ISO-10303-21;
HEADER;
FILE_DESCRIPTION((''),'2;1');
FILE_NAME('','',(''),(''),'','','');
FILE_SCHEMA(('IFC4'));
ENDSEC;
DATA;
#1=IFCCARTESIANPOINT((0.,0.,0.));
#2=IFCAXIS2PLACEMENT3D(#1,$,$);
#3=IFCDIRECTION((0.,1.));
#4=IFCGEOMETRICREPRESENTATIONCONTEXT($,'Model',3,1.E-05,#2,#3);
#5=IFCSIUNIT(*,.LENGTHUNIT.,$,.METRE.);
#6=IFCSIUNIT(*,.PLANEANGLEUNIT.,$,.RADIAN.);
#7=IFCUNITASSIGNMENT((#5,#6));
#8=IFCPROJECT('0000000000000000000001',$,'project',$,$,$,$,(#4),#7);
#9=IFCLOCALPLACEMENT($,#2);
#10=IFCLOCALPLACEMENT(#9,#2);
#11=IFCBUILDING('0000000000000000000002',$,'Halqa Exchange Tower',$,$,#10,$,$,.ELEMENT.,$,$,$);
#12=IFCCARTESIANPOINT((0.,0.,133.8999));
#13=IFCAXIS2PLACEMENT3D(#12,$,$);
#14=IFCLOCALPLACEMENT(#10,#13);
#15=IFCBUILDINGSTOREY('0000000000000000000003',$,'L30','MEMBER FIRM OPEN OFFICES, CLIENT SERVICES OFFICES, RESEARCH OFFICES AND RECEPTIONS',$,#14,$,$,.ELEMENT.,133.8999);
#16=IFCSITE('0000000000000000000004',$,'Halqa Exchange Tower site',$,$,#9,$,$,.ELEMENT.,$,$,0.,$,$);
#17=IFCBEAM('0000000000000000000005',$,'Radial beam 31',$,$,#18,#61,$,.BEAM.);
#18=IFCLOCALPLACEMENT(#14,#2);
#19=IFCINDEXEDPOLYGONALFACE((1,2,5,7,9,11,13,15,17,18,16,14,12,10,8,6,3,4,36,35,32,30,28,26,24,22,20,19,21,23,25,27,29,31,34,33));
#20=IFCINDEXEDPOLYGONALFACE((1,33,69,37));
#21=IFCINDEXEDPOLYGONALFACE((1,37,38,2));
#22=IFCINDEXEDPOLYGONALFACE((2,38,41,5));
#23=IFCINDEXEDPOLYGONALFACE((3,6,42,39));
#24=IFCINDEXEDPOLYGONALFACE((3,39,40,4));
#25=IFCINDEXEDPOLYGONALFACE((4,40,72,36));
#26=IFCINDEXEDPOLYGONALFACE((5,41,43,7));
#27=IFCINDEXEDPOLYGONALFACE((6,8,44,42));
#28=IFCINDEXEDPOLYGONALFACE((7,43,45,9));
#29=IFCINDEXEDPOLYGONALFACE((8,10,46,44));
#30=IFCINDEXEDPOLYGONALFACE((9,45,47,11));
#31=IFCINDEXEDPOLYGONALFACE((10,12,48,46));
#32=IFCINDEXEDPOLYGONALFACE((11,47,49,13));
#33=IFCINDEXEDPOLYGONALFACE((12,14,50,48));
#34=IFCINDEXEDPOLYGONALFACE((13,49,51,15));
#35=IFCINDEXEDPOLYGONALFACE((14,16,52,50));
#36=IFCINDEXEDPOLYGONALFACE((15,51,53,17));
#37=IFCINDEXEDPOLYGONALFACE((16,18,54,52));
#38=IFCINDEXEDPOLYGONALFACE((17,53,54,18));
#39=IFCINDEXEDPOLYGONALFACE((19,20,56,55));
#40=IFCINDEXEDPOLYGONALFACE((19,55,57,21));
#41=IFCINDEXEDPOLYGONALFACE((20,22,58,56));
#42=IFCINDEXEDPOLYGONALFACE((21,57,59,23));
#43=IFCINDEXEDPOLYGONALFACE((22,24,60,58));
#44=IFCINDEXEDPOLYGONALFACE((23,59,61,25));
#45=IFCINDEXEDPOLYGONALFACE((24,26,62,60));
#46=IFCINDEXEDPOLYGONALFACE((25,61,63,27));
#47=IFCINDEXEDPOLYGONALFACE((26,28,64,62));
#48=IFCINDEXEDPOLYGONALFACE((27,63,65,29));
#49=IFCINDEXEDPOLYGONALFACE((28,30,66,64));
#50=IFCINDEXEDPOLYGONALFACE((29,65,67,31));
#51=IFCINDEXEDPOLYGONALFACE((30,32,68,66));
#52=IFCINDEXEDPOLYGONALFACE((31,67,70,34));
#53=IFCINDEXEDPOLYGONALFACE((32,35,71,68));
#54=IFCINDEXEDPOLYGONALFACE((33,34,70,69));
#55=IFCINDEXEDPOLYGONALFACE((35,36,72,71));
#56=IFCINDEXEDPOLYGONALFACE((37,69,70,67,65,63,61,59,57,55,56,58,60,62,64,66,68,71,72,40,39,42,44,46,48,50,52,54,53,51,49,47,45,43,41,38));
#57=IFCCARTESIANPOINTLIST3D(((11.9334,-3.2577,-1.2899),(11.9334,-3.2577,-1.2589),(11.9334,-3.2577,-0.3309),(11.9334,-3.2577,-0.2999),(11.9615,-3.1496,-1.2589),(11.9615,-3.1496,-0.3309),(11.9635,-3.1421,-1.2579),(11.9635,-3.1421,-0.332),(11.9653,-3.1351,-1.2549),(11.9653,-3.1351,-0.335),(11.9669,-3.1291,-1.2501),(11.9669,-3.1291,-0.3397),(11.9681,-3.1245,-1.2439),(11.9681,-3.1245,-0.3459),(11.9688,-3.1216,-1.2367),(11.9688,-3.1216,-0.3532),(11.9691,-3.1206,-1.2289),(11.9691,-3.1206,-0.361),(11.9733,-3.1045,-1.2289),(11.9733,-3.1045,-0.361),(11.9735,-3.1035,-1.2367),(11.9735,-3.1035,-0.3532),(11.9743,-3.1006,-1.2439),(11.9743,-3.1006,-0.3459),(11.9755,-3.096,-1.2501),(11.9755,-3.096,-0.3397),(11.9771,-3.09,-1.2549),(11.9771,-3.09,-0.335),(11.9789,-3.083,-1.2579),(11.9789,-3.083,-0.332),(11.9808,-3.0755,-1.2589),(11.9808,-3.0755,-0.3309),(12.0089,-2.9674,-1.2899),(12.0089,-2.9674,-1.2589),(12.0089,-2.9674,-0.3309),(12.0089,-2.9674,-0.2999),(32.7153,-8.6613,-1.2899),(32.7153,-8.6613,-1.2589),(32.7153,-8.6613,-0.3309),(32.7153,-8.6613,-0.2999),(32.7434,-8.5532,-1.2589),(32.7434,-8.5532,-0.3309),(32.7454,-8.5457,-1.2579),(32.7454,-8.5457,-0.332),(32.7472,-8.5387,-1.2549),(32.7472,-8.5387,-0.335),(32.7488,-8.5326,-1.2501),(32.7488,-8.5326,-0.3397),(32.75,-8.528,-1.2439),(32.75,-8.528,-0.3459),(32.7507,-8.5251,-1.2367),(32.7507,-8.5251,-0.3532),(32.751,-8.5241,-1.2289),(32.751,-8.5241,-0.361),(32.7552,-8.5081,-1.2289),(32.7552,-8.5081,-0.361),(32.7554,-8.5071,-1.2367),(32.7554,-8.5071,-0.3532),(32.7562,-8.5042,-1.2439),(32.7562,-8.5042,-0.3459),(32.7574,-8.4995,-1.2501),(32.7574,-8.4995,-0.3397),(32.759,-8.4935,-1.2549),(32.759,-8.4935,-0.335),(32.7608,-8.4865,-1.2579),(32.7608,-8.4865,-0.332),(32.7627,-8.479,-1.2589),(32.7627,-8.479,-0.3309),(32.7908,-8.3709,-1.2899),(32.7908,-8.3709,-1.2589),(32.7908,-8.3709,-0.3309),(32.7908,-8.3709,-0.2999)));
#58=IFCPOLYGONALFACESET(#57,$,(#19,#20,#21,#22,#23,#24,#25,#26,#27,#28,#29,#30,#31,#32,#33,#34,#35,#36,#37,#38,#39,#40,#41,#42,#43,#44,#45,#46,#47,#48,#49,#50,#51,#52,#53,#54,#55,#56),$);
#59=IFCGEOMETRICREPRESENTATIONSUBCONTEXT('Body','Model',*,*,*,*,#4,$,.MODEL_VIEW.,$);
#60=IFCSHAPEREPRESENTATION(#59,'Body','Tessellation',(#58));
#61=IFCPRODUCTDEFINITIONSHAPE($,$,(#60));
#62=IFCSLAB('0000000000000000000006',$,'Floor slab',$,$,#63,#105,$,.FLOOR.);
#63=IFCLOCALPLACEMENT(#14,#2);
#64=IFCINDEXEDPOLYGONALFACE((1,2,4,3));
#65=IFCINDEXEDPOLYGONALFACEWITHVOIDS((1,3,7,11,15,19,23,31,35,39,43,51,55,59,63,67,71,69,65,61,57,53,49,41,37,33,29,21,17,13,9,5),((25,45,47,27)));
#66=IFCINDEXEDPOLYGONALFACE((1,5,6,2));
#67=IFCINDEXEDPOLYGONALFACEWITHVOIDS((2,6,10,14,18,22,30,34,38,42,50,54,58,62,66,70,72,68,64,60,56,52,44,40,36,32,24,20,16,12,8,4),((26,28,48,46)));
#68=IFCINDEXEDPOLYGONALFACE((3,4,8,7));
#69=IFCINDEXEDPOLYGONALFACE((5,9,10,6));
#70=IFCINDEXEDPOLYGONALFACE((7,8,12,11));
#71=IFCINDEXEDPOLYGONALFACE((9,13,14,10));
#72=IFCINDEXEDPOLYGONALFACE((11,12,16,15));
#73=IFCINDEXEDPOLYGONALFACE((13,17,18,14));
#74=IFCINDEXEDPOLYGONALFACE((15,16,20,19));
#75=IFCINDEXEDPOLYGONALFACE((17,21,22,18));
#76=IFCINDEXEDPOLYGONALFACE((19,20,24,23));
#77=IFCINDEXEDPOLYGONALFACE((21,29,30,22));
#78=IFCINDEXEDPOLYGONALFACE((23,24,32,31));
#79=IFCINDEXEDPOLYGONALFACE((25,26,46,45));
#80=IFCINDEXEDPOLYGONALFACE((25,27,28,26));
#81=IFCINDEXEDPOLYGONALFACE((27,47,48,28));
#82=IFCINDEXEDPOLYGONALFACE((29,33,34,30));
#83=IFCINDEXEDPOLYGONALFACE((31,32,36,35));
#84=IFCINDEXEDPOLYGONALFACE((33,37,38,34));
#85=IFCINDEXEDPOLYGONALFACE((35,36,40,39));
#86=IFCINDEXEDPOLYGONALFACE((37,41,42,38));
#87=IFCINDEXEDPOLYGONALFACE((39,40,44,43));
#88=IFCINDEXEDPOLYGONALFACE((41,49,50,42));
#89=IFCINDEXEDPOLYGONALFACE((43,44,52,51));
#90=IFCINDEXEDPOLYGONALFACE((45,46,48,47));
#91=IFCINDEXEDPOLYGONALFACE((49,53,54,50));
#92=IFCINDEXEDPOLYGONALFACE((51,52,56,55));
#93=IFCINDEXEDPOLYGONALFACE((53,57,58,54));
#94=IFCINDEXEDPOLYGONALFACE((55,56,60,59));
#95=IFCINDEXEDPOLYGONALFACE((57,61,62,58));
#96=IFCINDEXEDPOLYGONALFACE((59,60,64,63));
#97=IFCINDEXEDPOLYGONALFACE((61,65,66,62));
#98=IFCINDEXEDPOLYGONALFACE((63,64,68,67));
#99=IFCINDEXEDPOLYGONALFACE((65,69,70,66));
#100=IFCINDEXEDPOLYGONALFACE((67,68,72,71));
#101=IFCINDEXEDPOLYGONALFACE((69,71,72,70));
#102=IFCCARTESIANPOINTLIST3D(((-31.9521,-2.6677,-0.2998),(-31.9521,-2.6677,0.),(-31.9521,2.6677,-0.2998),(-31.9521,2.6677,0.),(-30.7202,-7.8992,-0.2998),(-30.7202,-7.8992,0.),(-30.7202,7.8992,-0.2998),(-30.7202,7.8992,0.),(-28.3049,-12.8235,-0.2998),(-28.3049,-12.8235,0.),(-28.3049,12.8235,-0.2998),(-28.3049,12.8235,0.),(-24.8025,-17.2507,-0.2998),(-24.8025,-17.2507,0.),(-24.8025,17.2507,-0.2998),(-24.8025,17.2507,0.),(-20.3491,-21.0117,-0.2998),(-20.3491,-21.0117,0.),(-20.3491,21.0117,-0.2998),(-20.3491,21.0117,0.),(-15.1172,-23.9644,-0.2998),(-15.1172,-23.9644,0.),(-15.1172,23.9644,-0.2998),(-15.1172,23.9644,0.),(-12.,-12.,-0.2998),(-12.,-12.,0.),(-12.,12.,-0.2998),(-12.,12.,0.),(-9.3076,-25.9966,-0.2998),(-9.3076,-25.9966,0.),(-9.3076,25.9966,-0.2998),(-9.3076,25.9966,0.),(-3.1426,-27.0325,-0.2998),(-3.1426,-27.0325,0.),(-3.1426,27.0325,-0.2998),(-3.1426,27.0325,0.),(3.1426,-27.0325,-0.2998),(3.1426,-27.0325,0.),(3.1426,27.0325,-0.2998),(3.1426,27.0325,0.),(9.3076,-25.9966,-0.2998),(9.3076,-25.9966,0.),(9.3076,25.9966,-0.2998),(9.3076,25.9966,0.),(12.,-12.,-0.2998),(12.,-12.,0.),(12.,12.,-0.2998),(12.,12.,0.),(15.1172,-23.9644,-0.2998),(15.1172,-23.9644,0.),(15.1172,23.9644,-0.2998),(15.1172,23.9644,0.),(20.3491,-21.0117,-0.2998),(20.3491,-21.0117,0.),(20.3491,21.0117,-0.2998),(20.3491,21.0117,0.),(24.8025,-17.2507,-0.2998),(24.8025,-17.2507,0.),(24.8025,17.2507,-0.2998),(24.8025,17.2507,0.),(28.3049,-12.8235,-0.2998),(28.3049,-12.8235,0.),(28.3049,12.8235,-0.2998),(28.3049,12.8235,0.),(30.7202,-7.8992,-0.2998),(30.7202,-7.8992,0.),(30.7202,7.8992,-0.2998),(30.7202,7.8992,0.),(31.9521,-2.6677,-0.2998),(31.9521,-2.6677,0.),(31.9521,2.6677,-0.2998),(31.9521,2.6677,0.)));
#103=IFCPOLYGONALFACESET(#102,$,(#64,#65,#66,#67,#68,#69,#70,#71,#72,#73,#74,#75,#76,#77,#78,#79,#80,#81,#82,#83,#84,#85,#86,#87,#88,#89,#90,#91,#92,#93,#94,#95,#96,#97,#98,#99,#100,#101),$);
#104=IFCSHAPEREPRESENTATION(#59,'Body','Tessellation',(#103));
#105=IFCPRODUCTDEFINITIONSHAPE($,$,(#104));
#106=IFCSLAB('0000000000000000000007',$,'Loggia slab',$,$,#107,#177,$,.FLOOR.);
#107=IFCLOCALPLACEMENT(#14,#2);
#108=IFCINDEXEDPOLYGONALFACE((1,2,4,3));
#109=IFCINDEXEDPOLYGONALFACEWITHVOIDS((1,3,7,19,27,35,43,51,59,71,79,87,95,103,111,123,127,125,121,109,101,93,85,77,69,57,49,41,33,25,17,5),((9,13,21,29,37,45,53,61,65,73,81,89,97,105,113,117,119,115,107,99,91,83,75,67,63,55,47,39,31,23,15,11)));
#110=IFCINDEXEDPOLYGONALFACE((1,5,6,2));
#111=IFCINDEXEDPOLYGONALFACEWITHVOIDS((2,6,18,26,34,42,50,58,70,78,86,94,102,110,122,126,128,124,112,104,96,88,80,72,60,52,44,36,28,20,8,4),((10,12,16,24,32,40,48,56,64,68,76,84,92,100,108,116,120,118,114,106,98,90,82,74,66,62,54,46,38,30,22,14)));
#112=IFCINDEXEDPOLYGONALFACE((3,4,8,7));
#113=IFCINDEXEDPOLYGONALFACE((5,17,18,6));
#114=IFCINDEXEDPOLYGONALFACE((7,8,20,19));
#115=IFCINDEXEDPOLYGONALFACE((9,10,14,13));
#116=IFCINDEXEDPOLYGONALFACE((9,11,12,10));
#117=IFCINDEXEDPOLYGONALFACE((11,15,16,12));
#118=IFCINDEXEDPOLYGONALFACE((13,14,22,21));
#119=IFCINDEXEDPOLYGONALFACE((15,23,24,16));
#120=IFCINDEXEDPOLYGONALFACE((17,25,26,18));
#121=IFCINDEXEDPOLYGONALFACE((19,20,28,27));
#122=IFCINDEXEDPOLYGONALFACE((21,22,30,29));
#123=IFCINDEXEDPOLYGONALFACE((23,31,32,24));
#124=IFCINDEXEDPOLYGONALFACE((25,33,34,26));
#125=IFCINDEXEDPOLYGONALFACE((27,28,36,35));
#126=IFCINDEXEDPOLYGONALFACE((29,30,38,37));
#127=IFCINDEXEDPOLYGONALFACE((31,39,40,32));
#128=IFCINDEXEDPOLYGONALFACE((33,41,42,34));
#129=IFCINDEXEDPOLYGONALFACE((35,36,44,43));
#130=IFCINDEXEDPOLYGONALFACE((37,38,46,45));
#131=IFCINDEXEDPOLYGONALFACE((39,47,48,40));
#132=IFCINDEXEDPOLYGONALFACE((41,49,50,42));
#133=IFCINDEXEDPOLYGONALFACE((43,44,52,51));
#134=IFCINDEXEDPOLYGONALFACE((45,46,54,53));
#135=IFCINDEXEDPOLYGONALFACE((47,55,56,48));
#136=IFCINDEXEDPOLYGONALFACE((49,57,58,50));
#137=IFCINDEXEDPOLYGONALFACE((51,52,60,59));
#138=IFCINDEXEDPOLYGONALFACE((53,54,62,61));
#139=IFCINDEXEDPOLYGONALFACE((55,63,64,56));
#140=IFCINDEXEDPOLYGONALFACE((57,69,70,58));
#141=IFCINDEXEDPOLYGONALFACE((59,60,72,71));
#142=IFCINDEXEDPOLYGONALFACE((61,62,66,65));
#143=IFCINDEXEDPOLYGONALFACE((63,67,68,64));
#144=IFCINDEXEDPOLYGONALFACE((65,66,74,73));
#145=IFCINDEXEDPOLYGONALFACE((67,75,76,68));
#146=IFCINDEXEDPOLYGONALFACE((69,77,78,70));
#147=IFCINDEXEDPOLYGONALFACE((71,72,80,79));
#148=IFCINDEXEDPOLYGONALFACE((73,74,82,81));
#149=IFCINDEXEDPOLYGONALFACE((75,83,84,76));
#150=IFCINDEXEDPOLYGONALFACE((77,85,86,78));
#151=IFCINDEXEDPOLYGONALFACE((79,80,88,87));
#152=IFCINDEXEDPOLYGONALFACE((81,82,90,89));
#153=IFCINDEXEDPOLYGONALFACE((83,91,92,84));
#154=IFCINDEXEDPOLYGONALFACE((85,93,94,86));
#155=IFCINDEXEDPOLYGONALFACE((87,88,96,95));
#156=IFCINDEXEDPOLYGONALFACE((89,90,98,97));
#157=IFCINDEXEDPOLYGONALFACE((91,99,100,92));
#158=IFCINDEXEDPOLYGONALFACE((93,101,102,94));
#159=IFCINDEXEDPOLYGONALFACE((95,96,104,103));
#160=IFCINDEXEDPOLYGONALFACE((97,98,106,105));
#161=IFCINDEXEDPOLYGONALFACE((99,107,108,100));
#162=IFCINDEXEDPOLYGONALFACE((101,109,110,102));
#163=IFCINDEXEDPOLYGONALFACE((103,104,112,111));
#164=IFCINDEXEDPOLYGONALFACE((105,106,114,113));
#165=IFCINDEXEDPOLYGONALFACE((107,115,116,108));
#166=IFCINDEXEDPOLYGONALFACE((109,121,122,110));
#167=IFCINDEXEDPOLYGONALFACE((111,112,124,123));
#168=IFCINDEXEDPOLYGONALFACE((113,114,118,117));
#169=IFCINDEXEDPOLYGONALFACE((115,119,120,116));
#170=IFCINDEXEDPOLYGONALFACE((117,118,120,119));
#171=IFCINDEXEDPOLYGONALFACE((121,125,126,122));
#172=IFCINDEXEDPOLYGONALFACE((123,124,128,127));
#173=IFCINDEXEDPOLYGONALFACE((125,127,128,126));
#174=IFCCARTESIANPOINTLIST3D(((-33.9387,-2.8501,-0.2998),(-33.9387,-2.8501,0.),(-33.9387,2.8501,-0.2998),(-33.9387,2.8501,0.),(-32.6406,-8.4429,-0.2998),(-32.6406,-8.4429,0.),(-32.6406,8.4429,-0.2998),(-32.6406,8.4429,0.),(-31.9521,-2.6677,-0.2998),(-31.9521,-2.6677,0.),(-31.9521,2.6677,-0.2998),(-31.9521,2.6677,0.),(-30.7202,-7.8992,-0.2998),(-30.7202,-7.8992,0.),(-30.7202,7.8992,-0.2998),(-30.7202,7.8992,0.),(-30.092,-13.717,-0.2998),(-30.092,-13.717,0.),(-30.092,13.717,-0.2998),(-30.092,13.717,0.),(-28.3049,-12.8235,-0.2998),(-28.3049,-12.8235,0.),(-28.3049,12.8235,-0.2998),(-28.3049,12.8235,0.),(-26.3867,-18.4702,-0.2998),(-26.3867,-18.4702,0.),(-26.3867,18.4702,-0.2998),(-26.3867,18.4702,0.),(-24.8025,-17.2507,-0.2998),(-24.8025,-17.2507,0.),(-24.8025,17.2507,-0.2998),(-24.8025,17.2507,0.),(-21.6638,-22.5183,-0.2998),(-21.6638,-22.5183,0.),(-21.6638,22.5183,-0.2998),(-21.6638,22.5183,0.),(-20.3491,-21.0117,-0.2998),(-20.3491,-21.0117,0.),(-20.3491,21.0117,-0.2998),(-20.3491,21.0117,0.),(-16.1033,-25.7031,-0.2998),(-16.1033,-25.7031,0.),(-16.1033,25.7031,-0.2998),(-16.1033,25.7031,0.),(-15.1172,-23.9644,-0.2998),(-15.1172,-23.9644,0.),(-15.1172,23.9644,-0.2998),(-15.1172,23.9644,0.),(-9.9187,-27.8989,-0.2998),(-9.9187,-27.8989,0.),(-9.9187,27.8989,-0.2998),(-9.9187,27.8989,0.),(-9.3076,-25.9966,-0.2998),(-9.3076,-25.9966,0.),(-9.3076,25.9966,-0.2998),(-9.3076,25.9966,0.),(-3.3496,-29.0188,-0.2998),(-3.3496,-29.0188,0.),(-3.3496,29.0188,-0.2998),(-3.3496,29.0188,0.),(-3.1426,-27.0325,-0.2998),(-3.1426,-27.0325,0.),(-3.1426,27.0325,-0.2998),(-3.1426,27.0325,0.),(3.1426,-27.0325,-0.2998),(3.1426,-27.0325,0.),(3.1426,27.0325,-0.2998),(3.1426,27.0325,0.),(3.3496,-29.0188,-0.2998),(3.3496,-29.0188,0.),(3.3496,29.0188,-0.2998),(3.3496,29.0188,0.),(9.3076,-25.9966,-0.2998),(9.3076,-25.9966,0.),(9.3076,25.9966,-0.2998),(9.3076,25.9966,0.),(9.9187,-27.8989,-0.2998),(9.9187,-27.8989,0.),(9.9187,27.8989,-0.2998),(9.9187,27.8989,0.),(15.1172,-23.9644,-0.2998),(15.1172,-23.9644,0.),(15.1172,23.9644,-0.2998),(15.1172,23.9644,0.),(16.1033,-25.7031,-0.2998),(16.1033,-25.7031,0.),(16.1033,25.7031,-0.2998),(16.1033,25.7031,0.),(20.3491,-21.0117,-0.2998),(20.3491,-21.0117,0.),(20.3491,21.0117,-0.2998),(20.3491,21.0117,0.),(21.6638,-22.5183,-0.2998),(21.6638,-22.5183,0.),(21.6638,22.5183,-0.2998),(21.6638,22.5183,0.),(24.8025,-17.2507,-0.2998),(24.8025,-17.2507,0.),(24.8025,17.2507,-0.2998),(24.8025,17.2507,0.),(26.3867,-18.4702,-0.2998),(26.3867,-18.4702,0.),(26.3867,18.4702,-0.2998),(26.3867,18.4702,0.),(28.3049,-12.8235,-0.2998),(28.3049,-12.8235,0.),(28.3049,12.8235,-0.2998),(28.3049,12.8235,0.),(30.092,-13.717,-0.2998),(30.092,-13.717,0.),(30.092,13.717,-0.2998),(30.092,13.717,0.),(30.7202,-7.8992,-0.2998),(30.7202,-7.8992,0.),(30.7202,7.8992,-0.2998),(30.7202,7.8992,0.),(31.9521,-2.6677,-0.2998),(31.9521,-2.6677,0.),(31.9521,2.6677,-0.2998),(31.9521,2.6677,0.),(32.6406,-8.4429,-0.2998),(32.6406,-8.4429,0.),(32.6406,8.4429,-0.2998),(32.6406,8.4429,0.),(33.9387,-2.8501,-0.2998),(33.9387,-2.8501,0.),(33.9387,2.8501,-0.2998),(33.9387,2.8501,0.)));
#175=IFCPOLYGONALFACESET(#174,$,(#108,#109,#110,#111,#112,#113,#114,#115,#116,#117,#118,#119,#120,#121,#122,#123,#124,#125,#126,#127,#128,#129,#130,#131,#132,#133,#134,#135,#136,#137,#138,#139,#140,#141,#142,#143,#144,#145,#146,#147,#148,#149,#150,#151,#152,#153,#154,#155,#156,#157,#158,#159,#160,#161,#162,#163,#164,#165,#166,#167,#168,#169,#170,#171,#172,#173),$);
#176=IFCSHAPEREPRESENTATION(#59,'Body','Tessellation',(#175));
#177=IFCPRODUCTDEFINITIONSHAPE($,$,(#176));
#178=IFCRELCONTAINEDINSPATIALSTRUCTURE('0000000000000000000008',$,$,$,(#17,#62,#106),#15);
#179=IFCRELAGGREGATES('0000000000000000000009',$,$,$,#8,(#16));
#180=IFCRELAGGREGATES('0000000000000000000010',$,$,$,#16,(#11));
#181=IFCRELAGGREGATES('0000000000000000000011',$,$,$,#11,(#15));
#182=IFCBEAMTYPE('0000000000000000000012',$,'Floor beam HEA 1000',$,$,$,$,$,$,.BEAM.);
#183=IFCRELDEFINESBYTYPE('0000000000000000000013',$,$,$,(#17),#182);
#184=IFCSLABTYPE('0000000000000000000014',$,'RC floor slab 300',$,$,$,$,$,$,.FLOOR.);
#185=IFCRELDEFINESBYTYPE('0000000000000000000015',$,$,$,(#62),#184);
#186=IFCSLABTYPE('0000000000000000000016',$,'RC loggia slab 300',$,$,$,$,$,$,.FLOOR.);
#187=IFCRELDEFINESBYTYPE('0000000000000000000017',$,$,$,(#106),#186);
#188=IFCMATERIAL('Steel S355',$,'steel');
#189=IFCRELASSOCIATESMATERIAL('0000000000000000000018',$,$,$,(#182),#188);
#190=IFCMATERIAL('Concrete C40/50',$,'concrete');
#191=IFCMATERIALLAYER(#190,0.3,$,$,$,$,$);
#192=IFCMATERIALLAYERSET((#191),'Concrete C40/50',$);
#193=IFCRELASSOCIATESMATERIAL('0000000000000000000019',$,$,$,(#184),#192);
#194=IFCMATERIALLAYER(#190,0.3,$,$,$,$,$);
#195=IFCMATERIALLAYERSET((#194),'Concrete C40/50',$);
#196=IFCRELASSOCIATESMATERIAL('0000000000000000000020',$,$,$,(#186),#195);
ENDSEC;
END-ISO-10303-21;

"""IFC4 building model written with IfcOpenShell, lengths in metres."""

from ifc_helpers import new_model, si_unit, direction, frame, origin, origin_2d, place, context, subcontext, project, spatial, polyline, i_section, outline, extrude, material, layer, layer_set, material_profile, profile_set, type_object, element, save


model = new_model("IFC4")

# Units and contexts
model_context = context("Model", 3, precision=1e-05, world=origin(), true_north=direction((0.0, 1.0)))
body_context = subcontext(model_context, "Body", "Model", "MODEL_VIEW")
ifc_project = project(units=[si_unit("LENGTHUNIT", "METRE"), si_unit("PLANEANGLEUNIT", "RADIAN")], contexts=[model_context])

# Site, building, storey
site_placement = place(None, origin())
site = spatial("IfcSite", under=ifc_project, at=site_placement, Name="Halqa Exchange Tower site", CompositionType="ELEMENT", RefElevation=0.0)
building_placement = place(site_placement, origin())
building = spatial("IfcBuilding", under=site, at=building_placement, Name="Halqa Exchange Tower", CompositionType="ELEMENT")
storey_placement = place(building_placement, frame((0.0, 0.0, 133.8999)))
storey = spatial("IfcBuildingStorey", under=building, at=storey_placement, Name="L30", Description="MEMBER FIRM OPEN OFFICES, CLIENT SERVICES OFFICES, RESEARCH OFFICES AND RECEPTIONS", CompositionType="ELEMENT", Elevation=133.8999)

# Beam
ifc_material_1 = material(Name="Steel S355", Category="steel")
ifc_material_profile = material_profile(ifc_material_1, i_section(OverallWidth=0.3, OverallDepth=0.99, WebThickness=0.0166, FlangeThickness=0.031, FilletRadius=0.03, at=origin_2d()), Name="HEA 1000")
ifc_profile_set = profile_set([ifc_material_profile], Name="Steel S355")
beam_type = type_object("IfcBeamType", Name="Floor beam HEA 1000", PredefinedType="BEAM", material=ifc_profile_set)
beam_placement = place(storey_placement, frame((11.9712, -3.1125, -0.7949), z_axis=(0.96782, -0.251645, 0.0), x_axis=(0.251645, 0.96782, 0.0)))
element("IfcBeam", 1, at=beam_placement, inside=storey, type_object=beam_type, Name="Radial beam 31", PredefinedType="BEAM", context=body_context, shape_type="SweptSolid", body=[
    extrude(i_section(OverallWidth=0.3, OverallDepth=0.99, WebThickness=0.0166, FlangeThickness=0.031, FilletRadius=0.03, at=origin_2d()), origin(), (0.0, 0.0, 1.0), 21.4729),
])

# Slabs
ifc_material_2 = material(Name="Concrete C40/50", Category="concrete")
ifc_layer_1 = layer(ifc_material_2, 0.3)
ifc_layer_set_1 = layer_set([ifc_layer_1], Name="Concrete C40/50")
slab_type_1 = type_object("IfcSlabType", Name="RC floor slab 300", PredefinedType="FLOOR", material=ifc_layer_set_1)
slab_1_placement = place(storey_placement, frame((0.0, 0.0, -0.2998)))
element("IfcSlab", 2, at=slab_1_placement, inside=storey, type_object=slab_type_1, Name="Floor slab", PredefinedType="FLOOR", context=body_context, shape_type="SweptSolid", body=[
    extrude(outline(polyline([(31.9521, 2.6677), (30.7202, 7.8992), (28.3049, 12.8235), (24.8025, 17.2507), (20.3491, 21.0117), (15.1172, 23.9644), (9.3076, 25.9966), (3.1426, 27.0325), (-3.1426, 27.0325), (-9.3076, 25.9966), (-15.1172, 23.9644), (-20.3491, 21.0117), (-24.8025, 17.2507), (-28.3049, 12.8235), (-30.7202, 7.8992), (-31.9521, 2.6677), (-31.9521, -2.6677), (-30.7202, -7.8992), (-28.3049, -12.8235), (-24.8025, -17.2507), (-20.3491, -21.0117), (-15.1172, -23.9644), (-9.3076, -25.9966), (-3.1426, -27.0325), (3.1426, -27.0325), (9.3076, -25.9966), (15.1172, -23.9644), (20.3491, -21.0117), (24.8025, -17.2507), (28.3049, -12.8235), (30.7202, -7.8992), (31.9521, -2.6677), (31.9521, 2.6677)]), holes=[polyline([(-12.0, -12.0), (12.0, -12.0), (12.0, 12.0), (-12.0, 12.0), (-12.0, -12.0)])]), origin(), (0.0, 0.0, 1.0), 0.2998),
])
ifc_layer_2 = layer(ifc_material_2, 0.3)
ifc_layer_set_2 = layer_set([ifc_layer_2], Name="Concrete C40/50")
slab_type_2 = type_object("IfcSlabType", Name="RC loggia slab 300", PredefinedType="FLOOR", material=ifc_layer_set_2)
slab_2_placement = place(storey_placement, frame((0.0, 0.0, -0.2998)))
element("IfcSlab", 3, at=slab_2_placement, inside=storey, type_object=slab_type_2, Name="Loggia slab", PredefinedType="FLOOR", context=body_context, shape_type="SweptSolid", body=[
    extrude(outline(polyline([(33.9387, 2.8501), (33.9387, -2.8501), (32.6406, -8.4429), (30.092, -13.717), (26.3867, -18.4702), (21.6638, -22.5183), (16.1033, -25.7031), (9.9187, -27.8989), (3.3496, -29.0188), (-3.3496, -29.0188), (-9.9187, -27.8989), (-16.1033, -25.7031), (-21.6638, -22.5183), (-26.3867, -18.4702), (-30.092, -13.717), (-32.6406, -8.4429), (-33.9387, -2.8501), (-33.9387, 2.8501), (-32.6406, 8.4429), (-30.092, 13.717), (-26.3867, 18.4702), (-21.6638, 22.5183), (-16.1033, 25.7031), (-9.9187, 27.8989), (-3.3496, 29.0188), (3.3496, 29.0188), (9.9187, 27.8989), (16.1033, 25.7031), (21.6638, 22.5183), (26.3867, 18.4702), (30.092, 13.717), (32.6406, 8.4429), (33.9387, 2.8501)]), holes=[polyline([(31.9521, 2.6677), (30.7202, 7.8992), (28.3049, 12.8235), (24.8025, 17.2507), (20.3491, 21.0117), (15.1172, 23.9644), (9.3076, 25.9966), (3.1426, 27.0325), (-3.1426, 27.0325), (-9.3076, 25.9966), (-15.1172, 23.9644), (-20.3491, 21.0117), (-24.8025, 17.2507), (-28.3049, 12.8235), (-30.7202, 7.8992), (-31.9521, 2.6677), (-31.9521, -2.6677), (-30.7202, -7.8992), (-28.3049, -12.8235), (-24.8025, -17.2507), (-20.3491, -21.0117), (-15.1172, -23.9644), (-9.3076, -25.9966), (-3.1426, -27.0325), (3.1426, -27.0325), (9.3076, -25.9966), (15.1172, -23.9644), (20.3491, -21.0117), (24.8025, -17.2507), (28.3049, -12.8235), (30.7202, -7.8992), (31.9521, -2.6677), (31.9521, 2.6677)])]), origin(), (0.0, 0.0, 1.0), 0.2998),
])

save(model, "model.ifc")
